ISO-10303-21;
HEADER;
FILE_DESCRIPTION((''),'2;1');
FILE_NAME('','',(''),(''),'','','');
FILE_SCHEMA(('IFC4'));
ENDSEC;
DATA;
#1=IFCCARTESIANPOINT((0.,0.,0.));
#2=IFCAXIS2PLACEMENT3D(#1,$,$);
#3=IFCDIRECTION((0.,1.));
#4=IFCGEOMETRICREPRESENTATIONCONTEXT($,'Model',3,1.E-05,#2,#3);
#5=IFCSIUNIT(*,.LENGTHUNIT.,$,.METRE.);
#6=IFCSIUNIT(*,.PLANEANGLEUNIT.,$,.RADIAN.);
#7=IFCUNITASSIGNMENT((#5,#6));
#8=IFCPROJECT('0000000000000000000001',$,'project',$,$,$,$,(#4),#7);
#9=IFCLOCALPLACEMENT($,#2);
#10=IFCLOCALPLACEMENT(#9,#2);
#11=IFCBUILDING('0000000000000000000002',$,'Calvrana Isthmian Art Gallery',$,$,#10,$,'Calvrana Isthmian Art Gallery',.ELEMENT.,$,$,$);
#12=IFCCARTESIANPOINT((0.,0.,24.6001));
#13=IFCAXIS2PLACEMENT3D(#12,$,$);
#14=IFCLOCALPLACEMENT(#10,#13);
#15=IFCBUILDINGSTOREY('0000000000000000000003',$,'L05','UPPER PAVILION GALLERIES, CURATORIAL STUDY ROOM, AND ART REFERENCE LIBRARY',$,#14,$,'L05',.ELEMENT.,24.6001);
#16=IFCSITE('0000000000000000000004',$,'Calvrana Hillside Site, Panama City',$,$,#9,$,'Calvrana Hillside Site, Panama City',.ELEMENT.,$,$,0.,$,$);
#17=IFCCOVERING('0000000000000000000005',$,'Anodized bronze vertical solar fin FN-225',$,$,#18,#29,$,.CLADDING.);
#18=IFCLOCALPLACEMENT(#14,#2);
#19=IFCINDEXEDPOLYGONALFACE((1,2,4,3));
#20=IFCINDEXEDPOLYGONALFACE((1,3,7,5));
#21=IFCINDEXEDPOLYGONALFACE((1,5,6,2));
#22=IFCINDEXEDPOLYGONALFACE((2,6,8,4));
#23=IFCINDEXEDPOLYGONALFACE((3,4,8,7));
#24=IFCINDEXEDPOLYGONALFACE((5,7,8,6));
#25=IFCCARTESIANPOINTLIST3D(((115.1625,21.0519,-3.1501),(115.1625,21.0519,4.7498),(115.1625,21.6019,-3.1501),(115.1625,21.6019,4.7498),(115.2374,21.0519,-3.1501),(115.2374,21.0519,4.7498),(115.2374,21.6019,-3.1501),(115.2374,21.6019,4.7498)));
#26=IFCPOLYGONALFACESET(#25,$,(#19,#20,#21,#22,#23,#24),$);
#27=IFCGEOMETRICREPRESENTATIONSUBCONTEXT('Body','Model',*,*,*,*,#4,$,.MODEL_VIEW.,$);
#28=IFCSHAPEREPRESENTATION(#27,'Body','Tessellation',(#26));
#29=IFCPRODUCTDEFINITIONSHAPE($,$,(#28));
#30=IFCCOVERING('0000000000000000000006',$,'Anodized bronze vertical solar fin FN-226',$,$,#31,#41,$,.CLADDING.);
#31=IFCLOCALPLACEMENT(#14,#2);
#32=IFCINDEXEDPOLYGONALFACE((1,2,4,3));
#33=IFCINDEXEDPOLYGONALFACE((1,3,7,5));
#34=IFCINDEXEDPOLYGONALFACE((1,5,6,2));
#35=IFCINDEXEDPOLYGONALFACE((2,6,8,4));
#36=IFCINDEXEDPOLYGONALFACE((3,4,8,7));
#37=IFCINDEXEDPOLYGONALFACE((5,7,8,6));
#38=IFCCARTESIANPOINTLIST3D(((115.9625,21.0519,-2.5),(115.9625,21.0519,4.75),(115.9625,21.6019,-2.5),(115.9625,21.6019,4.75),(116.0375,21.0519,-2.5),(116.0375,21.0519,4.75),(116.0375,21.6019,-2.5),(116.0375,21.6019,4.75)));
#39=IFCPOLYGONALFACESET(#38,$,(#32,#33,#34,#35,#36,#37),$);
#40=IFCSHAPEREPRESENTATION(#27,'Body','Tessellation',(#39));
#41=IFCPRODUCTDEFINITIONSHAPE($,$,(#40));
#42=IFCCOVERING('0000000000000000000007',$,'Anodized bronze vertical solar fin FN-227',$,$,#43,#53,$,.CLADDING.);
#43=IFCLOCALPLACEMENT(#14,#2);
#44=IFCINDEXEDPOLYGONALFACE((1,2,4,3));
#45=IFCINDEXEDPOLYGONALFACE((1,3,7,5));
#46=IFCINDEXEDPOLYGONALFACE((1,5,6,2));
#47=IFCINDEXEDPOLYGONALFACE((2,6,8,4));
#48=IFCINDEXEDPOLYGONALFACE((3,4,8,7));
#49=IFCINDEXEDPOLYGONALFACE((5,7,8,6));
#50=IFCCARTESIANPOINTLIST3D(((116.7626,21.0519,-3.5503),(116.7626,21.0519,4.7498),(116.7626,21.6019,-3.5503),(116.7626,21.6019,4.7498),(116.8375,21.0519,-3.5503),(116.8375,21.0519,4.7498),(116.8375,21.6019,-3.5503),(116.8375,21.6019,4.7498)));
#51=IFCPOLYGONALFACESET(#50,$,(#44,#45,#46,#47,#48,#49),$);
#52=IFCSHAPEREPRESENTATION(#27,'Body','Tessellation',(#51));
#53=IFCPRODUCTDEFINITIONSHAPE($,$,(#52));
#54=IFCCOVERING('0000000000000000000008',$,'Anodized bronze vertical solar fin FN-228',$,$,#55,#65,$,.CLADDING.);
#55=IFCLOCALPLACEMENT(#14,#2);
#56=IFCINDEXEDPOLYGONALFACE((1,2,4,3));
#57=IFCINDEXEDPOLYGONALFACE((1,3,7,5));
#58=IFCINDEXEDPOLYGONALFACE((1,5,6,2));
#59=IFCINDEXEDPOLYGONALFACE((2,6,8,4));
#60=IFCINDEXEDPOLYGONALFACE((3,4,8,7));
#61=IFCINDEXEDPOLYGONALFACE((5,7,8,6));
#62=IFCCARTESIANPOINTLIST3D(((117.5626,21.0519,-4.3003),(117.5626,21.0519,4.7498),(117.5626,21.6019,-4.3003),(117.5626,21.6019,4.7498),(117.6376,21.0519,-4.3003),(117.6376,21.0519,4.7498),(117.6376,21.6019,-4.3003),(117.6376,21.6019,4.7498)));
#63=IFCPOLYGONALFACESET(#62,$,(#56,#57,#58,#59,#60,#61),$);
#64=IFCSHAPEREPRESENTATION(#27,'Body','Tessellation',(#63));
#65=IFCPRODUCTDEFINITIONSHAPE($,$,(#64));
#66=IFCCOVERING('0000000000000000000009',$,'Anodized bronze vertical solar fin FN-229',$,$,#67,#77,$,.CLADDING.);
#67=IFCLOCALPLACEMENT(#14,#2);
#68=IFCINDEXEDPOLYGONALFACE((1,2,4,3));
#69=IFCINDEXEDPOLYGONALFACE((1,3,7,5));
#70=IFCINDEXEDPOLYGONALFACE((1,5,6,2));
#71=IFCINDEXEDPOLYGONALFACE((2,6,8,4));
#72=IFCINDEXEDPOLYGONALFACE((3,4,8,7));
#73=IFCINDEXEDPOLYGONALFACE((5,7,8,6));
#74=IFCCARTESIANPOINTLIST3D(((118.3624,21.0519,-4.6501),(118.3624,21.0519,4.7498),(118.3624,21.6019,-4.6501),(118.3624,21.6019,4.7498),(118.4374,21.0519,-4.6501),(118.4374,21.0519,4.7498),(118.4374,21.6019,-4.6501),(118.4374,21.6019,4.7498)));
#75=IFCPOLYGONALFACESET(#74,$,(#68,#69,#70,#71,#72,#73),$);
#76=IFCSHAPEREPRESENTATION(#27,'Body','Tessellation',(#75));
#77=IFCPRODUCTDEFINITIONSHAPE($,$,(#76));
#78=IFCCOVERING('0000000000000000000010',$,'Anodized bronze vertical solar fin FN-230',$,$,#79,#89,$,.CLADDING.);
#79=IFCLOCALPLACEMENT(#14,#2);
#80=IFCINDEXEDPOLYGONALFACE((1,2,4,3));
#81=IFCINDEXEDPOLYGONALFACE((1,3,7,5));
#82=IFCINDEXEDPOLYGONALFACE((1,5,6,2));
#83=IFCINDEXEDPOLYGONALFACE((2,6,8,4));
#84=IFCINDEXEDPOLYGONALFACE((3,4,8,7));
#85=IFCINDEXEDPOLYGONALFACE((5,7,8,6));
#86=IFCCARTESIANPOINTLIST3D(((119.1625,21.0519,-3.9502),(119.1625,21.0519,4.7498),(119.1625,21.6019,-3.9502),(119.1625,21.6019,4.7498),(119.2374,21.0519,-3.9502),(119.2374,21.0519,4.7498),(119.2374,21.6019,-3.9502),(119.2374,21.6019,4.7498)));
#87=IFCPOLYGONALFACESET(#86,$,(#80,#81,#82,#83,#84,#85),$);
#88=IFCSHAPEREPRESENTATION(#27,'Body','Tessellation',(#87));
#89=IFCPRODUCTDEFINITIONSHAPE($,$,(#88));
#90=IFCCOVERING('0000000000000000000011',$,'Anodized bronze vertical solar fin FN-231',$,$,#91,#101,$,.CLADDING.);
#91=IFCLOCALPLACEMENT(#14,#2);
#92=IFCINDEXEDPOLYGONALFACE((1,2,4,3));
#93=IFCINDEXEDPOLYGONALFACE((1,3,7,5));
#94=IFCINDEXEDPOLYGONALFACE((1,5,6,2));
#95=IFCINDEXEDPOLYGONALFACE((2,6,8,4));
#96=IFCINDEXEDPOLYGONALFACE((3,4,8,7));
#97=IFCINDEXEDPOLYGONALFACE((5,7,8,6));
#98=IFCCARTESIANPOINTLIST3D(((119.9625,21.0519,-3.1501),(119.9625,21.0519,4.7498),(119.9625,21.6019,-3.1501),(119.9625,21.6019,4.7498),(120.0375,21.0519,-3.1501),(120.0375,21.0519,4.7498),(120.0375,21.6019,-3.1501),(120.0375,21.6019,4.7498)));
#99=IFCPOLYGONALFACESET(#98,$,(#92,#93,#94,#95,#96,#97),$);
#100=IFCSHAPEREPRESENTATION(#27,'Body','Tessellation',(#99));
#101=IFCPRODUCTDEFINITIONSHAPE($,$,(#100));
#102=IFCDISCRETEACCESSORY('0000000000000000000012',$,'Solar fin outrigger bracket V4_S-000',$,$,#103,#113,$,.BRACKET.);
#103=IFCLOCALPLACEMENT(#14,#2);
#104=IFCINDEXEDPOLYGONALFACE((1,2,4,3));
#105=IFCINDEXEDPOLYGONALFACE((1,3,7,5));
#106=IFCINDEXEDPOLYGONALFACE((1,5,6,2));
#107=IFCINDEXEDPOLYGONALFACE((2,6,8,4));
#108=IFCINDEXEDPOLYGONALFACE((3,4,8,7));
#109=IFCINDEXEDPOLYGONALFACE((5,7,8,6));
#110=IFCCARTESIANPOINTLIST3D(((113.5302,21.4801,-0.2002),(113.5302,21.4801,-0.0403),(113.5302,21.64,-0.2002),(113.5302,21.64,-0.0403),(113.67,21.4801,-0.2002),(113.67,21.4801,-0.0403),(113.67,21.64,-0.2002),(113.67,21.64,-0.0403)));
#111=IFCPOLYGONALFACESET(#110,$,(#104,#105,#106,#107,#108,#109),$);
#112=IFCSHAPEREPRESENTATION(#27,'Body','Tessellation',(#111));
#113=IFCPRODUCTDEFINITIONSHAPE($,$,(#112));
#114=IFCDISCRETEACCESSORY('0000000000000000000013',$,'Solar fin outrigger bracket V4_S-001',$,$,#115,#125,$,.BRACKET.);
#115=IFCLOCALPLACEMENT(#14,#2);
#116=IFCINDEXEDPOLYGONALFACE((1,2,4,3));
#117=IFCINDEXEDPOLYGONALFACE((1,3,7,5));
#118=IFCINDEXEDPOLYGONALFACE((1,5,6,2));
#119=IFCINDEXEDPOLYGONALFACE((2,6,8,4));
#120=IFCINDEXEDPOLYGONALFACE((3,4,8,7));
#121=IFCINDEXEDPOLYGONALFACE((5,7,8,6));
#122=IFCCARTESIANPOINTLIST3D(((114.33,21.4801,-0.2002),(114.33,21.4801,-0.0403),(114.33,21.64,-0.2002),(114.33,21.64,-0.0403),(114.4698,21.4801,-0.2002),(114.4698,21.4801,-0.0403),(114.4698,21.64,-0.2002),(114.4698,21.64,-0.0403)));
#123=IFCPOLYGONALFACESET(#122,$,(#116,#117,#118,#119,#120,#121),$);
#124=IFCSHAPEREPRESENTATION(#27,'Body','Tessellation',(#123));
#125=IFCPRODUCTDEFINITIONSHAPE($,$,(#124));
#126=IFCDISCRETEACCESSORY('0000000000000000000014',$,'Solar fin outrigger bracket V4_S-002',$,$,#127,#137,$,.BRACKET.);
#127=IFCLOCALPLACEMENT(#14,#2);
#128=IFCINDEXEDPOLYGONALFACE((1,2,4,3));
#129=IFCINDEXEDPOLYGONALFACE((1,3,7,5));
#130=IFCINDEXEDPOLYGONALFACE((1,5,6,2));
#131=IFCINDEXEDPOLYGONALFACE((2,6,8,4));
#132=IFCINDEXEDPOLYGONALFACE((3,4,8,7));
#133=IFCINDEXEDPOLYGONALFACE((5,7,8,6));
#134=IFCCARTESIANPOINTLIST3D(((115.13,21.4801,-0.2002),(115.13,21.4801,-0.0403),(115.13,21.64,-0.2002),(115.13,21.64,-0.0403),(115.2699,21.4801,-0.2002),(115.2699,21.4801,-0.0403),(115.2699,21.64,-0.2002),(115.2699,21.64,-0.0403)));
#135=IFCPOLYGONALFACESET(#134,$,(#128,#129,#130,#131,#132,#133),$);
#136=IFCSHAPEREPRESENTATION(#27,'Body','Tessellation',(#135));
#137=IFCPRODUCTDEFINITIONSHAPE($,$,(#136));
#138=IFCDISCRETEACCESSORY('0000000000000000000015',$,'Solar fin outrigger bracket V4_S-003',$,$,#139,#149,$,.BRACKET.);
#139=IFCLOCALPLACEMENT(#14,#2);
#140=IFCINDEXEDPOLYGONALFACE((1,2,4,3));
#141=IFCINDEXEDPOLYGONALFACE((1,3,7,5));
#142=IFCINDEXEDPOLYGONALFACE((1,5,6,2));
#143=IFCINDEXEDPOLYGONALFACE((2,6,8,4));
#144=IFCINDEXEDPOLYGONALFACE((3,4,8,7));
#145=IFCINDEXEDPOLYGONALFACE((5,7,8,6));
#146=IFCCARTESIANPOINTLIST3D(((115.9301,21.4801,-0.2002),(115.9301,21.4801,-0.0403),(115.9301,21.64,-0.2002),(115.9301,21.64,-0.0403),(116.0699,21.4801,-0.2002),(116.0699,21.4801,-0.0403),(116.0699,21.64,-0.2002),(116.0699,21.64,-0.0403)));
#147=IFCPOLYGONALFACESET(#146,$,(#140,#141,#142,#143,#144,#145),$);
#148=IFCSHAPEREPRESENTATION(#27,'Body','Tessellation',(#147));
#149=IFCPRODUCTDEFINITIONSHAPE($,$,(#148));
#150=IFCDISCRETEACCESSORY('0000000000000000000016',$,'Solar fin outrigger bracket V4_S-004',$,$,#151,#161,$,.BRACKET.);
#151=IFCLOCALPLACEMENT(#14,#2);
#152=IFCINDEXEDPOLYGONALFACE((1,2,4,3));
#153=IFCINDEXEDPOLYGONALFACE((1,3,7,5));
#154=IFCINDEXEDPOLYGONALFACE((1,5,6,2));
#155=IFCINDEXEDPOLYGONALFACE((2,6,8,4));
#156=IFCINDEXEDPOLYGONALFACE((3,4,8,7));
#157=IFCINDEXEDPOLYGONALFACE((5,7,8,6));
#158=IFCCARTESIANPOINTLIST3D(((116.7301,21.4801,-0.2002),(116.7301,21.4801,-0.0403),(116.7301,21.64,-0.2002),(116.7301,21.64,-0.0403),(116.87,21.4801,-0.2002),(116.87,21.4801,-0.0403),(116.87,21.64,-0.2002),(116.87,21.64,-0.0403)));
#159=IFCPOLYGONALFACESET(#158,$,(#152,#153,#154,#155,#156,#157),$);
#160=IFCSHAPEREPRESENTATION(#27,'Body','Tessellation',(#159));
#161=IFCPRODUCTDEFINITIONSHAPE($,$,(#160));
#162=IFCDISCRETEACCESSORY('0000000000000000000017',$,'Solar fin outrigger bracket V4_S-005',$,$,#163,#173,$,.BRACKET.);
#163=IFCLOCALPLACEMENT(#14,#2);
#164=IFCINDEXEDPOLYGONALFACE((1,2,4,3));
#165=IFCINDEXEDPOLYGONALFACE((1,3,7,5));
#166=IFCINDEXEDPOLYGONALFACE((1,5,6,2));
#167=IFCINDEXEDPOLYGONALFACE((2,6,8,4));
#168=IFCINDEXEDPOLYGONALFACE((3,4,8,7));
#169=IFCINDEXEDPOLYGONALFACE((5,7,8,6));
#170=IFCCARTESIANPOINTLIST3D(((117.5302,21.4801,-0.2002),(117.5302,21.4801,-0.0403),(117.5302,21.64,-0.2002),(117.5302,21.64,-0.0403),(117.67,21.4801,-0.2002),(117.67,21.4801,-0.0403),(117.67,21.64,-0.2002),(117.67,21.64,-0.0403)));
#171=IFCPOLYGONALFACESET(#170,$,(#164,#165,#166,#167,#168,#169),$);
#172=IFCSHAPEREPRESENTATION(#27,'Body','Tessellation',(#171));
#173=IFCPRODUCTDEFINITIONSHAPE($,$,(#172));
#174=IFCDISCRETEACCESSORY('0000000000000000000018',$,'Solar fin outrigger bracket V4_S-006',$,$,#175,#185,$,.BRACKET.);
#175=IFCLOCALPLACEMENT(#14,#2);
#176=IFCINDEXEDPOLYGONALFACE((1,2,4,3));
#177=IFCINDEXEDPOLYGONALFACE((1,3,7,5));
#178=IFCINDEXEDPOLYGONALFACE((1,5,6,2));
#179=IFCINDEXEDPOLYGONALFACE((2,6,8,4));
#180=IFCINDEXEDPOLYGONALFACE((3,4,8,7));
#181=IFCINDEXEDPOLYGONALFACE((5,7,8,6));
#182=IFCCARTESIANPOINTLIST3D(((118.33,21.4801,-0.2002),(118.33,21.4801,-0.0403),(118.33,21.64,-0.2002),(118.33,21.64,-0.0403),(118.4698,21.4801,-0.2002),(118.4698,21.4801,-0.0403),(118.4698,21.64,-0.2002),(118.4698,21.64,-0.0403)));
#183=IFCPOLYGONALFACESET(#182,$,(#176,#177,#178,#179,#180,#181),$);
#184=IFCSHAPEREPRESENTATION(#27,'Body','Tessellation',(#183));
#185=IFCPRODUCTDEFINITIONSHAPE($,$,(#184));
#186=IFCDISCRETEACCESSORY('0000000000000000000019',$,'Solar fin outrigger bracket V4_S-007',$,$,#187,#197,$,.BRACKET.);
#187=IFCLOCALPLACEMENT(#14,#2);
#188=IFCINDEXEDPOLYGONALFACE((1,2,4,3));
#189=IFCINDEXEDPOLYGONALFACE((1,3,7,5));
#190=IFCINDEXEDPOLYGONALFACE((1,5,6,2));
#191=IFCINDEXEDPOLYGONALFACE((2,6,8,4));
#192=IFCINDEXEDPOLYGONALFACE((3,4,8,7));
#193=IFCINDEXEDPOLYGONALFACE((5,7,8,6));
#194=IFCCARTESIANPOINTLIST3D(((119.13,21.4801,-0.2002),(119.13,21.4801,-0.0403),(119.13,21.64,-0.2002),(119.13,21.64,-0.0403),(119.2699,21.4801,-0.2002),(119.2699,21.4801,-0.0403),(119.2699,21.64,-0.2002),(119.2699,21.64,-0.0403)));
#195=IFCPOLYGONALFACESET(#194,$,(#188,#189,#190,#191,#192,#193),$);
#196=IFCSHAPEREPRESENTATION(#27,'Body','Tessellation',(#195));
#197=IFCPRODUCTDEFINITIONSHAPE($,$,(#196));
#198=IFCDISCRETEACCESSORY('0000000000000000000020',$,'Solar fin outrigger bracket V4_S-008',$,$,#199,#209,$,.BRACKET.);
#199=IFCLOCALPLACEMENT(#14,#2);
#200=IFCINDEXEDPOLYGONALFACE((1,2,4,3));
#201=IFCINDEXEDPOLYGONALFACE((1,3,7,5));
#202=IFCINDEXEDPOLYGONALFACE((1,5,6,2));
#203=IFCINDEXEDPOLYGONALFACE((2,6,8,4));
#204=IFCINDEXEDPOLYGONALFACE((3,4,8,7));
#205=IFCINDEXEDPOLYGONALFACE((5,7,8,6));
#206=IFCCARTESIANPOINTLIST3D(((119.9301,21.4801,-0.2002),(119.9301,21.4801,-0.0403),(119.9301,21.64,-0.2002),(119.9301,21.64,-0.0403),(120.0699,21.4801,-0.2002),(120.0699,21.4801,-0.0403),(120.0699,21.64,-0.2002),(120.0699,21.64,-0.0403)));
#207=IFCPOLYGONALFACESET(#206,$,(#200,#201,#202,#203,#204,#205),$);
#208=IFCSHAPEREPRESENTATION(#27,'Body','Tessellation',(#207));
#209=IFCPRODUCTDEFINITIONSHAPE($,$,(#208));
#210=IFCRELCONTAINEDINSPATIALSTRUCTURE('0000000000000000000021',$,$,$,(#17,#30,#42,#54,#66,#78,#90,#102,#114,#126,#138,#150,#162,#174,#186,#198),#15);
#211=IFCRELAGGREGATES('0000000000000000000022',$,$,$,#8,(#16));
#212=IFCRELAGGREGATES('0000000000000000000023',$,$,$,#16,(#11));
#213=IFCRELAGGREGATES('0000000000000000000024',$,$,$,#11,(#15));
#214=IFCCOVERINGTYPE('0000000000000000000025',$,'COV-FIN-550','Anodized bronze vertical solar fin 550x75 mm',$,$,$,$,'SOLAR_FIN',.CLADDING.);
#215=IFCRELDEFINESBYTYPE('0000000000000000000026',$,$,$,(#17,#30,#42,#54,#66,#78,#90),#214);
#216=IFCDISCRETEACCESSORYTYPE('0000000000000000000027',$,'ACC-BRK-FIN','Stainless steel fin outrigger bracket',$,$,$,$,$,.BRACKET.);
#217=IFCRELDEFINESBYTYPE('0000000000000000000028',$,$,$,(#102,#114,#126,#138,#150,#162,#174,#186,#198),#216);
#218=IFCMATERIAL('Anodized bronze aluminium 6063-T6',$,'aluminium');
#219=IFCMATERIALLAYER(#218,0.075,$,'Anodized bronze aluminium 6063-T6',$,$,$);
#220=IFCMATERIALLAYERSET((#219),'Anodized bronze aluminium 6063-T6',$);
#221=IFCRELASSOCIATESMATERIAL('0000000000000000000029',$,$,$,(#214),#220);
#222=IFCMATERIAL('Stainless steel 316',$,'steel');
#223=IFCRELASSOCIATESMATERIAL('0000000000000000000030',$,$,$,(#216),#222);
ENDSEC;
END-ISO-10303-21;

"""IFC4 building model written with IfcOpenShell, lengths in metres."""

from ifc_helpers import new_model, si_unit, direction, frame, origin, origin_2d, place, context, subcontext, project, spatial, rectangle, extrude, material, layer, layer_set, type_object, element, save


model = new_model("IFC4")

# Units and contexts
model_context = context("Model", 3, precision=1e-05, world=origin(), true_north=direction((0.0, 1.0)))
body_context = subcontext(model_context, "Body", "Model", "MODEL_VIEW")
ifc_project = project(units=[si_unit("LENGTHUNIT", "METRE"), si_unit("PLANEANGLEUNIT", "RADIAN")], contexts=[model_context])

# Site, building, storey
site_placement = place(None, origin())
site = spatial("IfcSite", under=ifc_project, at=site_placement, Name="Calvrana Hillside Site, Panama City", LongName="Calvrana Hillside Site, Panama City", CompositionType="ELEMENT", RefElevation=0.0)
building_placement = place(site_placement, origin())
building = spatial("IfcBuilding", under=site, at=building_placement, Name="Calvrana Isthmian Art Gallery", LongName="Calvrana Isthmian Art Gallery", CompositionType="ELEMENT")
storey_placement = place(building_placement, frame((0.0, 0.0, 24.6001)))
storey = spatial("IfcBuildingStorey", under=building, at=storey_placement, Name="L05", Description="UPPER PAVILION GALLERIES, CURATORIAL STUDY ROOM, AND ART REFERENCE LIBRARY", LongName="L05", CompositionType="ELEMENT", Elevation=24.6001)

# Coverings
ifc_material_1 = material(Name="Anodized bronze aluminium 6063-T6", Category="aluminium")
ifc_layer_1 = layer(ifc_material_1, 0.075, Name="Anodized bronze aluminium 6063-T6")
ifc_layer_set_1 = layer_set([ifc_layer_1], Name="Anodized bronze aluminium 6063-T6")
covering_type = type_object("IfcCoveringType", Name="COV-FIN-550", Description="Anodized bronze vertical solar fin 550x75 mm", ElementType="SOLAR_FIN", PredefinedType="CLADDING", material=ifc_layer_set_1)
covering_1_placement = place(storey_placement, frame((115.2, 21.3269, -3.1501), z_axis=(0.0, 0.0, 1.0), x_axis=(1.0, 0.0, 0.0)))
element("IfcCovering", 1, at=covering_1_placement, inside=storey, type_object=covering_type, Name="Anodized bronze vertical solar fin FN-225", PredefinedType="CLADDING", context=body_context, shape_type="SweptSolid", body=[
    extrude(rectangle(XDim=0.075, YDim=0.55, at=origin_2d()), origin(), (0.0, 0.0, 1.0), 7.8999),
])
covering_2_placement = place(storey_placement, frame((116.0, 21.3269, -2.5), z_axis=(0.0, 0.0, 1.0), x_axis=(1.0, 0.0, 0.0)))
element("IfcCovering", 2, at=covering_2_placement, inside=storey, type_object=covering_type, Name="Anodized bronze vertical solar fin FN-226", PredefinedType="CLADDING", context=body_context, shape_type="SweptSolid", body=[
    extrude(rectangle(XDim=0.075, YDim=0.55, at=origin_2d()), origin(), (0.0, 0.0, 1.0), 7.25),
])
covering_3_placement = place(storey_placement, frame((116.8, 21.3269, -3.5503), z_axis=(0.0, 0.0, 1.0), x_axis=(1.0, 0.0, 0.0)))
element("IfcCovering", 3, at=covering_3_placement, inside=storey, type_object=covering_type, Name="Anodized bronze vertical solar fin FN-227", PredefinedType="CLADDING", context=body_context, shape_type="SweptSolid", body=[
    extrude(rectangle(XDim=0.075, YDim=0.55, at=origin_2d()), origin(), (0.0, 0.0, 1.0), 8.3),
])
covering_4_placement = place(storey_placement, frame((117.6001, 21.3269, -4.3003), z_axis=(0.0, 0.0, 1.0), x_axis=(1.0, 0.0, 0.0)))
element("IfcCovering", 4, at=covering_4_placement, inside=storey, type_object=covering_type, Name="Anodized bronze vertical solar fin FN-228", PredefinedType="CLADDING", context=body_context, shape_type="SweptSolid", body=[
    extrude(rectangle(XDim=0.075, YDim=0.55, at=origin_2d()), origin(), (0.0, 0.0, 1.0), 9.05),
])
covering_5_placement = place(storey_placement, frame((118.3999, 21.3269, -4.6501), z_axis=(0.0, 0.0, 1.0), x_axis=(1.0, 0.0, 0.0)))
element("IfcCovering", 5, at=covering_5_placement, inside=storey, type_object=covering_type, Name="Anodized bronze vertical solar fin FN-229", PredefinedType="CLADDING", context=body_context, shape_type="SweptSolid", body=[
    extrude(rectangle(XDim=0.075, YDim=0.55, at=origin_2d()), origin(), (0.0, 0.0, 1.0), 9.3999),
])
covering_6_placement = place(storey_placement, frame((119.2, 21.3269, -3.9502), z_axis=(0.0, 0.0, 1.0), x_axis=(1.0, 0.0, 0.0)))
element("IfcCovering", 6, at=covering_6_placement, inside=storey, type_object=covering_type, Name="Anodized bronze vertical solar fin FN-230", PredefinedType="CLADDING", context=body_context, shape_type="SweptSolid", body=[
    extrude(rectangle(XDim=0.075, YDim=0.55, at=origin_2d()), origin(), (0.0, 0.0, 1.0), 8.7),
])
covering_7_placement = place(storey_placement, frame((120.0, 21.3269, -3.1501), z_axis=(0.0, 0.0, 1.0), x_axis=(1.0, 0.0, 0.0)))
element("IfcCovering", 7, at=covering_7_placement, inside=storey, type_object=covering_type, Name="Anodized bronze vertical solar fin FN-231", PredefinedType="CLADDING", context=body_context, shape_type="SweptSolid", body=[
    extrude(rectangle(XDim=0.075, YDim=0.55, at=origin_2d()), origin(), (0.0, 0.0, 1.0), 7.8999),
])

# Discrete accessories
ifc_material_2 = material(Name="Stainless steel 316", Category="steel")
discrete_accessory_type = type_object("IfcDiscreteAccessoryType", Name="ACC-BRK-FIN", Description="Stainless steel fin outrigger bracket", PredefinedType="BRACKET", material=ifc_material_2)
for number, where, z_axis, x_axis, name in (
    (8, (113.6001, 21.5601, -0.2002), (0.0, 0.0, 1.0), (1.0, 0.0, 0.0), "Solar fin outrigger bracket V4_S-000"),
    (9, (114.3999, 21.5601, -0.2002), (0.0, 0.0, 1.0), (1.0, 0.0, 0.0), "Solar fin outrigger bracket V4_S-001"),
    (10, (115.2, 21.5601, -0.2002), (0.0, 0.0, 1.0), (1.0, 0.0, 0.0), "Solar fin outrigger bracket V4_S-002"),
    (11, (116.0, 21.5601, -0.2002), (0.0, 0.0, 1.0), (1.0, 0.0, 0.0), "Solar fin outrigger bracket V4_S-003"),
    (12, (116.8, 21.5601, -0.2002), (0.0, 0.0, 1.0), (1.0, 0.0, 0.0), "Solar fin outrigger bracket V4_S-004"),
    (13, (117.6001, 21.5601, -0.2002), (0.0, 0.0, 1.0), (1.0, 0.0, 0.0), "Solar fin outrigger bracket V4_S-005"),
    (14, (118.3999, 21.5601, -0.2002), (0.0, 0.0, 1.0), (1.0, 0.0, 0.0), "Solar fin outrigger bracket V4_S-006"),
    (15, (119.2, 21.5601, -0.2002), (0.0, 0.0, 1.0), (1.0, 0.0, 0.0), "Solar fin outrigger bracket V4_S-007"),
    (16, (120.0, 21.5601, -0.2002), (0.0, 0.0, 1.0), (1.0, 0.0, 0.0), "Solar fin outrigger bracket V4_S-008"),
):
    element("IfcDiscreteAccessory", number, at=place(storey_placement, frame(where, z_axis=z_axis, x_axis=x_axis)), inside=storey, type_object=discrete_accessory_type, Name=name, PredefinedType="BRACKET", context=body_context, shape_type="SweptSolid", body=[
        extrude(rectangle(XDim=0.1399, YDim=0.1599, at=origin_2d()), origin(), (0.0, 0.0, 1.0), 0.1599),
    ])

save(model, "model.ifc")
